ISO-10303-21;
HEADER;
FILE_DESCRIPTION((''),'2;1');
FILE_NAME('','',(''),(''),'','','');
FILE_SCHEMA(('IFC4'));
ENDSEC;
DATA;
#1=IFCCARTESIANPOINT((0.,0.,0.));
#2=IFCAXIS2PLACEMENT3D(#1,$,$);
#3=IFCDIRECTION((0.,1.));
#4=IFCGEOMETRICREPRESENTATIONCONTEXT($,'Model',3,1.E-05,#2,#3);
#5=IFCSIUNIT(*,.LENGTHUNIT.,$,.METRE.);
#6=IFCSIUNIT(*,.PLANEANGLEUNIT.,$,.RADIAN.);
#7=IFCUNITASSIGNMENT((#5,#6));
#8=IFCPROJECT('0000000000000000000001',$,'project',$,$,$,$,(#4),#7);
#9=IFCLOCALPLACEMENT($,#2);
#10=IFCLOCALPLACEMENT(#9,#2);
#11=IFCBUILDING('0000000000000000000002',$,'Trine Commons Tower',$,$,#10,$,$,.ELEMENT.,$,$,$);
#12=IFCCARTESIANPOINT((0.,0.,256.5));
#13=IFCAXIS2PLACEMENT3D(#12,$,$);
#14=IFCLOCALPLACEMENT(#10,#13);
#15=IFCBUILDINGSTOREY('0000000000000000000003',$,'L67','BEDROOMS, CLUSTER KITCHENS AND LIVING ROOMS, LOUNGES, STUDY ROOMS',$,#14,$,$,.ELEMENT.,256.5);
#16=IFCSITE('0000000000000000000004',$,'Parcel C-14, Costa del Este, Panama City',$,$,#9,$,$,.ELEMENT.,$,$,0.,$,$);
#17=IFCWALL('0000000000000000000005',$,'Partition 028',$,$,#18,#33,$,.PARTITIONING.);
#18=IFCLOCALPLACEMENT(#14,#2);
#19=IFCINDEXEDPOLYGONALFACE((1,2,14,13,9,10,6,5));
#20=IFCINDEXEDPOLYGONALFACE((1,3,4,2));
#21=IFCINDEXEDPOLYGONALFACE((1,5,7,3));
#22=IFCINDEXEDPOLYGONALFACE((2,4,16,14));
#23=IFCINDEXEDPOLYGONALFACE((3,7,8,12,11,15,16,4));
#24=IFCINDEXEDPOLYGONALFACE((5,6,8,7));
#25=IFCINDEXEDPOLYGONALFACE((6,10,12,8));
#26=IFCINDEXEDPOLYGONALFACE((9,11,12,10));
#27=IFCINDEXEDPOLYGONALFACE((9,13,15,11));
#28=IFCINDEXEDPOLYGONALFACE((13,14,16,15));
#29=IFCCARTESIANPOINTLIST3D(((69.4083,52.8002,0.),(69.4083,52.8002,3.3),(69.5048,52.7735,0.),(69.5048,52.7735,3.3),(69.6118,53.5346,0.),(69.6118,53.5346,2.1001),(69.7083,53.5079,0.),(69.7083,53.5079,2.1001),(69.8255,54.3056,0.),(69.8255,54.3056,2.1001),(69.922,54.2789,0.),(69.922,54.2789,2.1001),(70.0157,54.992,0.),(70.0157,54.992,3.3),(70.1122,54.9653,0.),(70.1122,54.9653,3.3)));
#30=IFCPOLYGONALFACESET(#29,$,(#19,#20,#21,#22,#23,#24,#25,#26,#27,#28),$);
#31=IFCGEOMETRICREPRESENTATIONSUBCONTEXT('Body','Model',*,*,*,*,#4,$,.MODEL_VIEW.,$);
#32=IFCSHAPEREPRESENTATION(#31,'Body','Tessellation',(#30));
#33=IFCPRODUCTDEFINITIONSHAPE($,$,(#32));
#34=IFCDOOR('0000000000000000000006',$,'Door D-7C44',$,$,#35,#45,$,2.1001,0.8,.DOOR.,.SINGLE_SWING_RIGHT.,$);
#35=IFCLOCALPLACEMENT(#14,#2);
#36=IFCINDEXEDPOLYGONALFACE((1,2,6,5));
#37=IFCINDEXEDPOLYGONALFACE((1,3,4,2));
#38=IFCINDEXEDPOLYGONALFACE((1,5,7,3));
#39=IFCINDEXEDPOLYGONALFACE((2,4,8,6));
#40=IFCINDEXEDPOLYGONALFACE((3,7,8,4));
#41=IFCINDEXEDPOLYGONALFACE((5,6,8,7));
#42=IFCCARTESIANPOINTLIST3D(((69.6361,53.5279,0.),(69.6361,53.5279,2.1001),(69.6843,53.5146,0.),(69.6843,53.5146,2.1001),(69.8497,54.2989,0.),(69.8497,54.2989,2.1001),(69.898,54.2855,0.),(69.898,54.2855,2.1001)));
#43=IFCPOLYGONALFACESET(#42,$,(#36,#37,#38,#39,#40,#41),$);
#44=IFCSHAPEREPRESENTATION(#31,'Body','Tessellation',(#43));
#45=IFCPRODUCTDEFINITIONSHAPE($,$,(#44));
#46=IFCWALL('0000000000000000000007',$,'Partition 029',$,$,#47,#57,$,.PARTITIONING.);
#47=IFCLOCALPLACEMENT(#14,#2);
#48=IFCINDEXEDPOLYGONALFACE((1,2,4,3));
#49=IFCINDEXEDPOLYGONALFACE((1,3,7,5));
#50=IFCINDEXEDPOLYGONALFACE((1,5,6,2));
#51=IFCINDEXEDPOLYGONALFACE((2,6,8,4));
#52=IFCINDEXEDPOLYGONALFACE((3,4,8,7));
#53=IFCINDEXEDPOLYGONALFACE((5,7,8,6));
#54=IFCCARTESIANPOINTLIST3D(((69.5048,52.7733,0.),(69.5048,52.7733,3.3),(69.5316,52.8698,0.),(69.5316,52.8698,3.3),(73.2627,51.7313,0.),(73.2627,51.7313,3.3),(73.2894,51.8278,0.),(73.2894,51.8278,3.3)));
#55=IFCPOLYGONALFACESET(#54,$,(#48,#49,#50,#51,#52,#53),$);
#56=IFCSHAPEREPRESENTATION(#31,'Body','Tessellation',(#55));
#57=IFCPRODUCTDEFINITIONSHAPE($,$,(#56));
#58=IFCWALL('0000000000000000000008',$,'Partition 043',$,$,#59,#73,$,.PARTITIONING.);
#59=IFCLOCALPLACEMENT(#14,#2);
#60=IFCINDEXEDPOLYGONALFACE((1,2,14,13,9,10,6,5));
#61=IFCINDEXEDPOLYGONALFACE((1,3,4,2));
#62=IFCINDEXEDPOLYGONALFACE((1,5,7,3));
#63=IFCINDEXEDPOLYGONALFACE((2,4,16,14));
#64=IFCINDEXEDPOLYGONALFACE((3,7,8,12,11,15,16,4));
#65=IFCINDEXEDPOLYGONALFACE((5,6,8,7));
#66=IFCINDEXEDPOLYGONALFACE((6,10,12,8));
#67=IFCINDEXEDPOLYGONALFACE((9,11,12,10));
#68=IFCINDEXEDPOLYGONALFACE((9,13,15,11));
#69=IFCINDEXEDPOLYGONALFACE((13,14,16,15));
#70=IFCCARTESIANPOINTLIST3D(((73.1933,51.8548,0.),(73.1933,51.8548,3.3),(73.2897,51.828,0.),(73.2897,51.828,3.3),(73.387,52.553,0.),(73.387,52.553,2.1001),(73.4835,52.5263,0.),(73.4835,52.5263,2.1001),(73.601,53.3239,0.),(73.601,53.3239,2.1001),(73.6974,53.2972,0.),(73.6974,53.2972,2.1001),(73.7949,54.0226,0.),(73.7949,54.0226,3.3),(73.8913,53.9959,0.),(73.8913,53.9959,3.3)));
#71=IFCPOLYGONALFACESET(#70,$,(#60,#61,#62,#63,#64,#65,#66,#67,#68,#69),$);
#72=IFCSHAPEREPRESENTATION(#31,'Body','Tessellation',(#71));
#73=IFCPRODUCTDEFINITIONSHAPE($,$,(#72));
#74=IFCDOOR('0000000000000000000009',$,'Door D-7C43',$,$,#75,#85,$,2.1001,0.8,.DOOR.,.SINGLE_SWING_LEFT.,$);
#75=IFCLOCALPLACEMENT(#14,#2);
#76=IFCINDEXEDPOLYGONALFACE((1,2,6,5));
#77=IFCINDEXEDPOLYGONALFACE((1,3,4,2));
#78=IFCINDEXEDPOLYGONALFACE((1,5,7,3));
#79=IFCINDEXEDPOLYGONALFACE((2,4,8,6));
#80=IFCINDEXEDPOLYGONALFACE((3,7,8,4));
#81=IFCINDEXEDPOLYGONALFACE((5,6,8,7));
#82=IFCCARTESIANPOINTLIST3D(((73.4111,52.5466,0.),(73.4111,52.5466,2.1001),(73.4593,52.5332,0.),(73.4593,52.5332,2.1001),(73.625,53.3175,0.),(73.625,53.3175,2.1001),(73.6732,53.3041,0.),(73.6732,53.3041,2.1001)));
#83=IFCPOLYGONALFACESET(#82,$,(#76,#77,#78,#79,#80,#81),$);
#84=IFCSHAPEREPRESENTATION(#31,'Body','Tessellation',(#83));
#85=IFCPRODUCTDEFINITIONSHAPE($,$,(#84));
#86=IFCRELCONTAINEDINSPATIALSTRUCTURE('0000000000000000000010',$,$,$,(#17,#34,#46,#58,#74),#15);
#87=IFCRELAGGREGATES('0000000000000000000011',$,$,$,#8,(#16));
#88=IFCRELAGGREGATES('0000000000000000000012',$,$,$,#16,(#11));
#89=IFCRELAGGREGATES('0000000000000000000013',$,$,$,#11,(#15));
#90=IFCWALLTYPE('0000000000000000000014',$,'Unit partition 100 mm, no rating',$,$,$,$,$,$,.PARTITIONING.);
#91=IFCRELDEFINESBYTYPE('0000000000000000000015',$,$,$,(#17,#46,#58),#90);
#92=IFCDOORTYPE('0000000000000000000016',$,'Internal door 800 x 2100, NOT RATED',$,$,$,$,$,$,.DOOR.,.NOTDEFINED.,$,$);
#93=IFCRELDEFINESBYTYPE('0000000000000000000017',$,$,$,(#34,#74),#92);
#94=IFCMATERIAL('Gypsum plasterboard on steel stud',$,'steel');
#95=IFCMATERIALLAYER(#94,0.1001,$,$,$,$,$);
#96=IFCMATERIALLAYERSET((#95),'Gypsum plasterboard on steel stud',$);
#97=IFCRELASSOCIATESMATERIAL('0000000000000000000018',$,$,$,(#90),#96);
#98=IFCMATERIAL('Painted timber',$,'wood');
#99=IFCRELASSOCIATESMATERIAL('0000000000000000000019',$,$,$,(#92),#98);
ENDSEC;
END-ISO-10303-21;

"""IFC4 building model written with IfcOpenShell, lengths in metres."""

from ifc_helpers import new_model, si_unit, direction, frame, frame_2d, origin, place, context, subcontext, project, spatial, rectangle, extrude, material, layer, layer_set, type_object, element, fill, save


model = new_model("IFC4")

# Units and contexts
model_context = context("Model", 3, precision=1e-05, world=origin(), true_north=direction((0.0, 1.0)))
body_context = subcontext(model_context, "Body", "Model", "MODEL_VIEW")
ifc_project = project(units=[si_unit("LENGTHUNIT", "METRE"), si_unit("PLANEANGLEUNIT", "RADIAN")], contexts=[model_context])

# Site, building, storey
site_placement = place(None, origin())
site = spatial("IfcSite", under=ifc_project, at=site_placement, Name="Parcel C-14, Costa del Este, Panama City", CompositionType="ELEMENT", RefElevation=0.0)
building_placement = place(site_placement, origin())
building = spatial("IfcBuilding", under=site, at=building_placement, Name="Trine Commons Tower", CompositionType="ELEMENT")
storey_placement = place(building_placement, frame((0.0, 0.0, 256.5)))
storey = spatial("IfcBuildingStorey", under=building, at=storey_placement, Name="L67", Description="BEDROOMS, CLUSTER KITCHENS AND LIVING ROOMS, LOUNGES, STUDY ROOMS", CompositionType="ELEMENT", Elevation=256.5)

# Shared definitions
ifc_material_1 = material(Name="Gypsum plasterboard on steel stud", Category="steel")

# Shared definitions
ifc_material_2 = material(Name="Painted timber", Category="wood")

# Wall, opening, door
ifc_layer_1 = layer(ifc_material_1, 0.1001)
ifc_layer_set_1 = layer_set([ifc_layer_1], Name="Gypsum plasterboard on steel stud")
wall_type_1 = type_object("IfcWallType", Name="Unit partition 100 mm, no rating", PredefinedType="PARTITIONING", material=ifc_layer_set_1)
wall_1_placement = place(storey_placement, frame((69.4565, 52.7869, 0.0), z_axis=(0.0, 0.0, 1.0), x_axis=(0.267057, 0.963681, 0.0)))
wall_1 = element("IfcWall", 1, at=wall_1_placement, inside=storey, type_object=wall_type_1, Name="Partition 028", PredefinedType="PARTITIONING", context=body_context, shape_type="SweptSolid", body=[
    extrude(rectangle(XDim=2.2744, YDim=0.1001, at=frame_2d((1.1372, 0.0))), origin(), (0.0, 0.0, 1.0), 3.3),
])
opening_1_placement = place(wall_1_placement, frame((0.7622, 0.0, 0.0)))
opening_1 = element("IfcOpeningElement", 2, at=opening_1_placement, cuts=wall_1, PredefinedType="OPENING", context=body_context, shape_type="SweptSolid", body=[
    extrude(rectangle(XDim=0.8, YDim=2.1001, at=frame_2d((0.3999, 1.05))), frame((0.0, 0.0601, 0.0), z_axis=(0.0, -1.0, 0.0), x_axis=(1.0, 0.0, 0.0)), (0.0, 0.0, 1.0), 0.1201),
])
door_type_1 = type_object("IfcDoorType", Name="Internal door 800 x 2100, NOT RATED", OperationType="NOTDEFINED", PredefinedType="DOOR", material=ifc_material_2)
door_1_placement = place(opening_1_placement, origin())
door_1 = element("IfcDoor", 3, at=door_1_placement, inside=storey, type_object=door_type_1, Name="Door D-7C44", OperationType="SINGLE_SWING_RIGHT", OverallHeight=2.1001, OverallWidth=0.8, PredefinedType="DOOR", context=body_context, shape_type="SweptSolid", body=[
    extrude(rectangle(XDim=0.8, YDim=2.1001, at=frame_2d((0.3999, 1.05))), frame((0.0, 0.0249, 0.0), z_axis=(0.0, -1.0, 0.0), x_axis=(1.0, 0.0, 0.0)), (0.0, 0.0, 1.0), 0.05),
])
fill(opening_1, door_1)

# Wall
wall_2_placement = place(storey_placement, frame((69.5183, 52.8215, 0.0), z_axis=(0.0, 0.0, 1.0), x_axis=(0.96364, -0.267205, 0.0)))
element("IfcWall", 4, at=wall_2_placement, inside=storey, type_object=wall_type_1, Name="Partition 029", PredefinedType="PARTITIONING", context=body_context, shape_type="SweptSolid", body=[
    extrude(rectangle(XDim=3.8997, YDim=0.1001, at=frame_2d((1.9497, 0.0))), origin(), (0.0, 0.0, 1.0), 3.3),
])

# Wall, opening, door
wall_3_placement = place(storey_placement, frame((73.2415, 51.8413, 0.0), z_axis=(0.0, 0.0, 1.0), x_axis=(0.267403, 0.963585, 0.0)))
wall_3 = element("IfcWall", 5, at=wall_3_placement, inside=storey, type_object=wall_type_1, Name="Partition 043", PredefinedType="PARTITIONING", context=body_context, shape_type="SweptSolid", body=[
    extrude(rectangle(XDim=2.2498, YDim=0.1001, at=frame_2d((1.125, 0.0))), origin(), (0.0, 0.0, 1.0), 3.3),
])
opening_2_placement = place(wall_3_placement, frame((0.7249, 0.0, 0.0)))
opening_2 = element("IfcOpeningElement", 6, at=opening_2_placement, cuts=wall_3, PredefinedType="OPENING", context=body_context, shape_type="SweptSolid", body=[
    extrude(rectangle(XDim=0.8, YDim=2.1001, at=frame_2d((0.3999, 1.05))), frame((0.0, 0.0601, 0.0), z_axis=(0.0, -1.0, 0.0), x_axis=(1.0, 0.0, 0.0)), (0.0, 0.0, 1.0), 0.1201),
])
door_2_placement = place(opening_2_placement, frame((0.8, 0.0, 0.0), z_axis=(0.0, 0.0, 1.0), x_axis=(-1.0, 0.0, 0.0)))
door_2 = element("IfcDoor", 7, at=door_2_placement, inside=storey, type_object=door_type_1, Name="Door D-7C43", OperationType="SINGLE_SWING_LEFT", OverallHeight=2.1001, OverallWidth=0.8, PredefinedType="DOOR", context=body_context, shape_type="SweptSolid", body=[
    extrude(rectangle(XDim=0.8, YDim=2.1001, at=frame_2d((0.3999, 1.05))), frame((0.0, 0.0249, 0.0), z_axis=(0.0, -1.0, 0.0), x_axis=(1.0, 0.0, 0.0)), (0.0, 0.0, 1.0), 0.05),
])
fill(opening_2, door_2)

save(model, "model.ifc")
